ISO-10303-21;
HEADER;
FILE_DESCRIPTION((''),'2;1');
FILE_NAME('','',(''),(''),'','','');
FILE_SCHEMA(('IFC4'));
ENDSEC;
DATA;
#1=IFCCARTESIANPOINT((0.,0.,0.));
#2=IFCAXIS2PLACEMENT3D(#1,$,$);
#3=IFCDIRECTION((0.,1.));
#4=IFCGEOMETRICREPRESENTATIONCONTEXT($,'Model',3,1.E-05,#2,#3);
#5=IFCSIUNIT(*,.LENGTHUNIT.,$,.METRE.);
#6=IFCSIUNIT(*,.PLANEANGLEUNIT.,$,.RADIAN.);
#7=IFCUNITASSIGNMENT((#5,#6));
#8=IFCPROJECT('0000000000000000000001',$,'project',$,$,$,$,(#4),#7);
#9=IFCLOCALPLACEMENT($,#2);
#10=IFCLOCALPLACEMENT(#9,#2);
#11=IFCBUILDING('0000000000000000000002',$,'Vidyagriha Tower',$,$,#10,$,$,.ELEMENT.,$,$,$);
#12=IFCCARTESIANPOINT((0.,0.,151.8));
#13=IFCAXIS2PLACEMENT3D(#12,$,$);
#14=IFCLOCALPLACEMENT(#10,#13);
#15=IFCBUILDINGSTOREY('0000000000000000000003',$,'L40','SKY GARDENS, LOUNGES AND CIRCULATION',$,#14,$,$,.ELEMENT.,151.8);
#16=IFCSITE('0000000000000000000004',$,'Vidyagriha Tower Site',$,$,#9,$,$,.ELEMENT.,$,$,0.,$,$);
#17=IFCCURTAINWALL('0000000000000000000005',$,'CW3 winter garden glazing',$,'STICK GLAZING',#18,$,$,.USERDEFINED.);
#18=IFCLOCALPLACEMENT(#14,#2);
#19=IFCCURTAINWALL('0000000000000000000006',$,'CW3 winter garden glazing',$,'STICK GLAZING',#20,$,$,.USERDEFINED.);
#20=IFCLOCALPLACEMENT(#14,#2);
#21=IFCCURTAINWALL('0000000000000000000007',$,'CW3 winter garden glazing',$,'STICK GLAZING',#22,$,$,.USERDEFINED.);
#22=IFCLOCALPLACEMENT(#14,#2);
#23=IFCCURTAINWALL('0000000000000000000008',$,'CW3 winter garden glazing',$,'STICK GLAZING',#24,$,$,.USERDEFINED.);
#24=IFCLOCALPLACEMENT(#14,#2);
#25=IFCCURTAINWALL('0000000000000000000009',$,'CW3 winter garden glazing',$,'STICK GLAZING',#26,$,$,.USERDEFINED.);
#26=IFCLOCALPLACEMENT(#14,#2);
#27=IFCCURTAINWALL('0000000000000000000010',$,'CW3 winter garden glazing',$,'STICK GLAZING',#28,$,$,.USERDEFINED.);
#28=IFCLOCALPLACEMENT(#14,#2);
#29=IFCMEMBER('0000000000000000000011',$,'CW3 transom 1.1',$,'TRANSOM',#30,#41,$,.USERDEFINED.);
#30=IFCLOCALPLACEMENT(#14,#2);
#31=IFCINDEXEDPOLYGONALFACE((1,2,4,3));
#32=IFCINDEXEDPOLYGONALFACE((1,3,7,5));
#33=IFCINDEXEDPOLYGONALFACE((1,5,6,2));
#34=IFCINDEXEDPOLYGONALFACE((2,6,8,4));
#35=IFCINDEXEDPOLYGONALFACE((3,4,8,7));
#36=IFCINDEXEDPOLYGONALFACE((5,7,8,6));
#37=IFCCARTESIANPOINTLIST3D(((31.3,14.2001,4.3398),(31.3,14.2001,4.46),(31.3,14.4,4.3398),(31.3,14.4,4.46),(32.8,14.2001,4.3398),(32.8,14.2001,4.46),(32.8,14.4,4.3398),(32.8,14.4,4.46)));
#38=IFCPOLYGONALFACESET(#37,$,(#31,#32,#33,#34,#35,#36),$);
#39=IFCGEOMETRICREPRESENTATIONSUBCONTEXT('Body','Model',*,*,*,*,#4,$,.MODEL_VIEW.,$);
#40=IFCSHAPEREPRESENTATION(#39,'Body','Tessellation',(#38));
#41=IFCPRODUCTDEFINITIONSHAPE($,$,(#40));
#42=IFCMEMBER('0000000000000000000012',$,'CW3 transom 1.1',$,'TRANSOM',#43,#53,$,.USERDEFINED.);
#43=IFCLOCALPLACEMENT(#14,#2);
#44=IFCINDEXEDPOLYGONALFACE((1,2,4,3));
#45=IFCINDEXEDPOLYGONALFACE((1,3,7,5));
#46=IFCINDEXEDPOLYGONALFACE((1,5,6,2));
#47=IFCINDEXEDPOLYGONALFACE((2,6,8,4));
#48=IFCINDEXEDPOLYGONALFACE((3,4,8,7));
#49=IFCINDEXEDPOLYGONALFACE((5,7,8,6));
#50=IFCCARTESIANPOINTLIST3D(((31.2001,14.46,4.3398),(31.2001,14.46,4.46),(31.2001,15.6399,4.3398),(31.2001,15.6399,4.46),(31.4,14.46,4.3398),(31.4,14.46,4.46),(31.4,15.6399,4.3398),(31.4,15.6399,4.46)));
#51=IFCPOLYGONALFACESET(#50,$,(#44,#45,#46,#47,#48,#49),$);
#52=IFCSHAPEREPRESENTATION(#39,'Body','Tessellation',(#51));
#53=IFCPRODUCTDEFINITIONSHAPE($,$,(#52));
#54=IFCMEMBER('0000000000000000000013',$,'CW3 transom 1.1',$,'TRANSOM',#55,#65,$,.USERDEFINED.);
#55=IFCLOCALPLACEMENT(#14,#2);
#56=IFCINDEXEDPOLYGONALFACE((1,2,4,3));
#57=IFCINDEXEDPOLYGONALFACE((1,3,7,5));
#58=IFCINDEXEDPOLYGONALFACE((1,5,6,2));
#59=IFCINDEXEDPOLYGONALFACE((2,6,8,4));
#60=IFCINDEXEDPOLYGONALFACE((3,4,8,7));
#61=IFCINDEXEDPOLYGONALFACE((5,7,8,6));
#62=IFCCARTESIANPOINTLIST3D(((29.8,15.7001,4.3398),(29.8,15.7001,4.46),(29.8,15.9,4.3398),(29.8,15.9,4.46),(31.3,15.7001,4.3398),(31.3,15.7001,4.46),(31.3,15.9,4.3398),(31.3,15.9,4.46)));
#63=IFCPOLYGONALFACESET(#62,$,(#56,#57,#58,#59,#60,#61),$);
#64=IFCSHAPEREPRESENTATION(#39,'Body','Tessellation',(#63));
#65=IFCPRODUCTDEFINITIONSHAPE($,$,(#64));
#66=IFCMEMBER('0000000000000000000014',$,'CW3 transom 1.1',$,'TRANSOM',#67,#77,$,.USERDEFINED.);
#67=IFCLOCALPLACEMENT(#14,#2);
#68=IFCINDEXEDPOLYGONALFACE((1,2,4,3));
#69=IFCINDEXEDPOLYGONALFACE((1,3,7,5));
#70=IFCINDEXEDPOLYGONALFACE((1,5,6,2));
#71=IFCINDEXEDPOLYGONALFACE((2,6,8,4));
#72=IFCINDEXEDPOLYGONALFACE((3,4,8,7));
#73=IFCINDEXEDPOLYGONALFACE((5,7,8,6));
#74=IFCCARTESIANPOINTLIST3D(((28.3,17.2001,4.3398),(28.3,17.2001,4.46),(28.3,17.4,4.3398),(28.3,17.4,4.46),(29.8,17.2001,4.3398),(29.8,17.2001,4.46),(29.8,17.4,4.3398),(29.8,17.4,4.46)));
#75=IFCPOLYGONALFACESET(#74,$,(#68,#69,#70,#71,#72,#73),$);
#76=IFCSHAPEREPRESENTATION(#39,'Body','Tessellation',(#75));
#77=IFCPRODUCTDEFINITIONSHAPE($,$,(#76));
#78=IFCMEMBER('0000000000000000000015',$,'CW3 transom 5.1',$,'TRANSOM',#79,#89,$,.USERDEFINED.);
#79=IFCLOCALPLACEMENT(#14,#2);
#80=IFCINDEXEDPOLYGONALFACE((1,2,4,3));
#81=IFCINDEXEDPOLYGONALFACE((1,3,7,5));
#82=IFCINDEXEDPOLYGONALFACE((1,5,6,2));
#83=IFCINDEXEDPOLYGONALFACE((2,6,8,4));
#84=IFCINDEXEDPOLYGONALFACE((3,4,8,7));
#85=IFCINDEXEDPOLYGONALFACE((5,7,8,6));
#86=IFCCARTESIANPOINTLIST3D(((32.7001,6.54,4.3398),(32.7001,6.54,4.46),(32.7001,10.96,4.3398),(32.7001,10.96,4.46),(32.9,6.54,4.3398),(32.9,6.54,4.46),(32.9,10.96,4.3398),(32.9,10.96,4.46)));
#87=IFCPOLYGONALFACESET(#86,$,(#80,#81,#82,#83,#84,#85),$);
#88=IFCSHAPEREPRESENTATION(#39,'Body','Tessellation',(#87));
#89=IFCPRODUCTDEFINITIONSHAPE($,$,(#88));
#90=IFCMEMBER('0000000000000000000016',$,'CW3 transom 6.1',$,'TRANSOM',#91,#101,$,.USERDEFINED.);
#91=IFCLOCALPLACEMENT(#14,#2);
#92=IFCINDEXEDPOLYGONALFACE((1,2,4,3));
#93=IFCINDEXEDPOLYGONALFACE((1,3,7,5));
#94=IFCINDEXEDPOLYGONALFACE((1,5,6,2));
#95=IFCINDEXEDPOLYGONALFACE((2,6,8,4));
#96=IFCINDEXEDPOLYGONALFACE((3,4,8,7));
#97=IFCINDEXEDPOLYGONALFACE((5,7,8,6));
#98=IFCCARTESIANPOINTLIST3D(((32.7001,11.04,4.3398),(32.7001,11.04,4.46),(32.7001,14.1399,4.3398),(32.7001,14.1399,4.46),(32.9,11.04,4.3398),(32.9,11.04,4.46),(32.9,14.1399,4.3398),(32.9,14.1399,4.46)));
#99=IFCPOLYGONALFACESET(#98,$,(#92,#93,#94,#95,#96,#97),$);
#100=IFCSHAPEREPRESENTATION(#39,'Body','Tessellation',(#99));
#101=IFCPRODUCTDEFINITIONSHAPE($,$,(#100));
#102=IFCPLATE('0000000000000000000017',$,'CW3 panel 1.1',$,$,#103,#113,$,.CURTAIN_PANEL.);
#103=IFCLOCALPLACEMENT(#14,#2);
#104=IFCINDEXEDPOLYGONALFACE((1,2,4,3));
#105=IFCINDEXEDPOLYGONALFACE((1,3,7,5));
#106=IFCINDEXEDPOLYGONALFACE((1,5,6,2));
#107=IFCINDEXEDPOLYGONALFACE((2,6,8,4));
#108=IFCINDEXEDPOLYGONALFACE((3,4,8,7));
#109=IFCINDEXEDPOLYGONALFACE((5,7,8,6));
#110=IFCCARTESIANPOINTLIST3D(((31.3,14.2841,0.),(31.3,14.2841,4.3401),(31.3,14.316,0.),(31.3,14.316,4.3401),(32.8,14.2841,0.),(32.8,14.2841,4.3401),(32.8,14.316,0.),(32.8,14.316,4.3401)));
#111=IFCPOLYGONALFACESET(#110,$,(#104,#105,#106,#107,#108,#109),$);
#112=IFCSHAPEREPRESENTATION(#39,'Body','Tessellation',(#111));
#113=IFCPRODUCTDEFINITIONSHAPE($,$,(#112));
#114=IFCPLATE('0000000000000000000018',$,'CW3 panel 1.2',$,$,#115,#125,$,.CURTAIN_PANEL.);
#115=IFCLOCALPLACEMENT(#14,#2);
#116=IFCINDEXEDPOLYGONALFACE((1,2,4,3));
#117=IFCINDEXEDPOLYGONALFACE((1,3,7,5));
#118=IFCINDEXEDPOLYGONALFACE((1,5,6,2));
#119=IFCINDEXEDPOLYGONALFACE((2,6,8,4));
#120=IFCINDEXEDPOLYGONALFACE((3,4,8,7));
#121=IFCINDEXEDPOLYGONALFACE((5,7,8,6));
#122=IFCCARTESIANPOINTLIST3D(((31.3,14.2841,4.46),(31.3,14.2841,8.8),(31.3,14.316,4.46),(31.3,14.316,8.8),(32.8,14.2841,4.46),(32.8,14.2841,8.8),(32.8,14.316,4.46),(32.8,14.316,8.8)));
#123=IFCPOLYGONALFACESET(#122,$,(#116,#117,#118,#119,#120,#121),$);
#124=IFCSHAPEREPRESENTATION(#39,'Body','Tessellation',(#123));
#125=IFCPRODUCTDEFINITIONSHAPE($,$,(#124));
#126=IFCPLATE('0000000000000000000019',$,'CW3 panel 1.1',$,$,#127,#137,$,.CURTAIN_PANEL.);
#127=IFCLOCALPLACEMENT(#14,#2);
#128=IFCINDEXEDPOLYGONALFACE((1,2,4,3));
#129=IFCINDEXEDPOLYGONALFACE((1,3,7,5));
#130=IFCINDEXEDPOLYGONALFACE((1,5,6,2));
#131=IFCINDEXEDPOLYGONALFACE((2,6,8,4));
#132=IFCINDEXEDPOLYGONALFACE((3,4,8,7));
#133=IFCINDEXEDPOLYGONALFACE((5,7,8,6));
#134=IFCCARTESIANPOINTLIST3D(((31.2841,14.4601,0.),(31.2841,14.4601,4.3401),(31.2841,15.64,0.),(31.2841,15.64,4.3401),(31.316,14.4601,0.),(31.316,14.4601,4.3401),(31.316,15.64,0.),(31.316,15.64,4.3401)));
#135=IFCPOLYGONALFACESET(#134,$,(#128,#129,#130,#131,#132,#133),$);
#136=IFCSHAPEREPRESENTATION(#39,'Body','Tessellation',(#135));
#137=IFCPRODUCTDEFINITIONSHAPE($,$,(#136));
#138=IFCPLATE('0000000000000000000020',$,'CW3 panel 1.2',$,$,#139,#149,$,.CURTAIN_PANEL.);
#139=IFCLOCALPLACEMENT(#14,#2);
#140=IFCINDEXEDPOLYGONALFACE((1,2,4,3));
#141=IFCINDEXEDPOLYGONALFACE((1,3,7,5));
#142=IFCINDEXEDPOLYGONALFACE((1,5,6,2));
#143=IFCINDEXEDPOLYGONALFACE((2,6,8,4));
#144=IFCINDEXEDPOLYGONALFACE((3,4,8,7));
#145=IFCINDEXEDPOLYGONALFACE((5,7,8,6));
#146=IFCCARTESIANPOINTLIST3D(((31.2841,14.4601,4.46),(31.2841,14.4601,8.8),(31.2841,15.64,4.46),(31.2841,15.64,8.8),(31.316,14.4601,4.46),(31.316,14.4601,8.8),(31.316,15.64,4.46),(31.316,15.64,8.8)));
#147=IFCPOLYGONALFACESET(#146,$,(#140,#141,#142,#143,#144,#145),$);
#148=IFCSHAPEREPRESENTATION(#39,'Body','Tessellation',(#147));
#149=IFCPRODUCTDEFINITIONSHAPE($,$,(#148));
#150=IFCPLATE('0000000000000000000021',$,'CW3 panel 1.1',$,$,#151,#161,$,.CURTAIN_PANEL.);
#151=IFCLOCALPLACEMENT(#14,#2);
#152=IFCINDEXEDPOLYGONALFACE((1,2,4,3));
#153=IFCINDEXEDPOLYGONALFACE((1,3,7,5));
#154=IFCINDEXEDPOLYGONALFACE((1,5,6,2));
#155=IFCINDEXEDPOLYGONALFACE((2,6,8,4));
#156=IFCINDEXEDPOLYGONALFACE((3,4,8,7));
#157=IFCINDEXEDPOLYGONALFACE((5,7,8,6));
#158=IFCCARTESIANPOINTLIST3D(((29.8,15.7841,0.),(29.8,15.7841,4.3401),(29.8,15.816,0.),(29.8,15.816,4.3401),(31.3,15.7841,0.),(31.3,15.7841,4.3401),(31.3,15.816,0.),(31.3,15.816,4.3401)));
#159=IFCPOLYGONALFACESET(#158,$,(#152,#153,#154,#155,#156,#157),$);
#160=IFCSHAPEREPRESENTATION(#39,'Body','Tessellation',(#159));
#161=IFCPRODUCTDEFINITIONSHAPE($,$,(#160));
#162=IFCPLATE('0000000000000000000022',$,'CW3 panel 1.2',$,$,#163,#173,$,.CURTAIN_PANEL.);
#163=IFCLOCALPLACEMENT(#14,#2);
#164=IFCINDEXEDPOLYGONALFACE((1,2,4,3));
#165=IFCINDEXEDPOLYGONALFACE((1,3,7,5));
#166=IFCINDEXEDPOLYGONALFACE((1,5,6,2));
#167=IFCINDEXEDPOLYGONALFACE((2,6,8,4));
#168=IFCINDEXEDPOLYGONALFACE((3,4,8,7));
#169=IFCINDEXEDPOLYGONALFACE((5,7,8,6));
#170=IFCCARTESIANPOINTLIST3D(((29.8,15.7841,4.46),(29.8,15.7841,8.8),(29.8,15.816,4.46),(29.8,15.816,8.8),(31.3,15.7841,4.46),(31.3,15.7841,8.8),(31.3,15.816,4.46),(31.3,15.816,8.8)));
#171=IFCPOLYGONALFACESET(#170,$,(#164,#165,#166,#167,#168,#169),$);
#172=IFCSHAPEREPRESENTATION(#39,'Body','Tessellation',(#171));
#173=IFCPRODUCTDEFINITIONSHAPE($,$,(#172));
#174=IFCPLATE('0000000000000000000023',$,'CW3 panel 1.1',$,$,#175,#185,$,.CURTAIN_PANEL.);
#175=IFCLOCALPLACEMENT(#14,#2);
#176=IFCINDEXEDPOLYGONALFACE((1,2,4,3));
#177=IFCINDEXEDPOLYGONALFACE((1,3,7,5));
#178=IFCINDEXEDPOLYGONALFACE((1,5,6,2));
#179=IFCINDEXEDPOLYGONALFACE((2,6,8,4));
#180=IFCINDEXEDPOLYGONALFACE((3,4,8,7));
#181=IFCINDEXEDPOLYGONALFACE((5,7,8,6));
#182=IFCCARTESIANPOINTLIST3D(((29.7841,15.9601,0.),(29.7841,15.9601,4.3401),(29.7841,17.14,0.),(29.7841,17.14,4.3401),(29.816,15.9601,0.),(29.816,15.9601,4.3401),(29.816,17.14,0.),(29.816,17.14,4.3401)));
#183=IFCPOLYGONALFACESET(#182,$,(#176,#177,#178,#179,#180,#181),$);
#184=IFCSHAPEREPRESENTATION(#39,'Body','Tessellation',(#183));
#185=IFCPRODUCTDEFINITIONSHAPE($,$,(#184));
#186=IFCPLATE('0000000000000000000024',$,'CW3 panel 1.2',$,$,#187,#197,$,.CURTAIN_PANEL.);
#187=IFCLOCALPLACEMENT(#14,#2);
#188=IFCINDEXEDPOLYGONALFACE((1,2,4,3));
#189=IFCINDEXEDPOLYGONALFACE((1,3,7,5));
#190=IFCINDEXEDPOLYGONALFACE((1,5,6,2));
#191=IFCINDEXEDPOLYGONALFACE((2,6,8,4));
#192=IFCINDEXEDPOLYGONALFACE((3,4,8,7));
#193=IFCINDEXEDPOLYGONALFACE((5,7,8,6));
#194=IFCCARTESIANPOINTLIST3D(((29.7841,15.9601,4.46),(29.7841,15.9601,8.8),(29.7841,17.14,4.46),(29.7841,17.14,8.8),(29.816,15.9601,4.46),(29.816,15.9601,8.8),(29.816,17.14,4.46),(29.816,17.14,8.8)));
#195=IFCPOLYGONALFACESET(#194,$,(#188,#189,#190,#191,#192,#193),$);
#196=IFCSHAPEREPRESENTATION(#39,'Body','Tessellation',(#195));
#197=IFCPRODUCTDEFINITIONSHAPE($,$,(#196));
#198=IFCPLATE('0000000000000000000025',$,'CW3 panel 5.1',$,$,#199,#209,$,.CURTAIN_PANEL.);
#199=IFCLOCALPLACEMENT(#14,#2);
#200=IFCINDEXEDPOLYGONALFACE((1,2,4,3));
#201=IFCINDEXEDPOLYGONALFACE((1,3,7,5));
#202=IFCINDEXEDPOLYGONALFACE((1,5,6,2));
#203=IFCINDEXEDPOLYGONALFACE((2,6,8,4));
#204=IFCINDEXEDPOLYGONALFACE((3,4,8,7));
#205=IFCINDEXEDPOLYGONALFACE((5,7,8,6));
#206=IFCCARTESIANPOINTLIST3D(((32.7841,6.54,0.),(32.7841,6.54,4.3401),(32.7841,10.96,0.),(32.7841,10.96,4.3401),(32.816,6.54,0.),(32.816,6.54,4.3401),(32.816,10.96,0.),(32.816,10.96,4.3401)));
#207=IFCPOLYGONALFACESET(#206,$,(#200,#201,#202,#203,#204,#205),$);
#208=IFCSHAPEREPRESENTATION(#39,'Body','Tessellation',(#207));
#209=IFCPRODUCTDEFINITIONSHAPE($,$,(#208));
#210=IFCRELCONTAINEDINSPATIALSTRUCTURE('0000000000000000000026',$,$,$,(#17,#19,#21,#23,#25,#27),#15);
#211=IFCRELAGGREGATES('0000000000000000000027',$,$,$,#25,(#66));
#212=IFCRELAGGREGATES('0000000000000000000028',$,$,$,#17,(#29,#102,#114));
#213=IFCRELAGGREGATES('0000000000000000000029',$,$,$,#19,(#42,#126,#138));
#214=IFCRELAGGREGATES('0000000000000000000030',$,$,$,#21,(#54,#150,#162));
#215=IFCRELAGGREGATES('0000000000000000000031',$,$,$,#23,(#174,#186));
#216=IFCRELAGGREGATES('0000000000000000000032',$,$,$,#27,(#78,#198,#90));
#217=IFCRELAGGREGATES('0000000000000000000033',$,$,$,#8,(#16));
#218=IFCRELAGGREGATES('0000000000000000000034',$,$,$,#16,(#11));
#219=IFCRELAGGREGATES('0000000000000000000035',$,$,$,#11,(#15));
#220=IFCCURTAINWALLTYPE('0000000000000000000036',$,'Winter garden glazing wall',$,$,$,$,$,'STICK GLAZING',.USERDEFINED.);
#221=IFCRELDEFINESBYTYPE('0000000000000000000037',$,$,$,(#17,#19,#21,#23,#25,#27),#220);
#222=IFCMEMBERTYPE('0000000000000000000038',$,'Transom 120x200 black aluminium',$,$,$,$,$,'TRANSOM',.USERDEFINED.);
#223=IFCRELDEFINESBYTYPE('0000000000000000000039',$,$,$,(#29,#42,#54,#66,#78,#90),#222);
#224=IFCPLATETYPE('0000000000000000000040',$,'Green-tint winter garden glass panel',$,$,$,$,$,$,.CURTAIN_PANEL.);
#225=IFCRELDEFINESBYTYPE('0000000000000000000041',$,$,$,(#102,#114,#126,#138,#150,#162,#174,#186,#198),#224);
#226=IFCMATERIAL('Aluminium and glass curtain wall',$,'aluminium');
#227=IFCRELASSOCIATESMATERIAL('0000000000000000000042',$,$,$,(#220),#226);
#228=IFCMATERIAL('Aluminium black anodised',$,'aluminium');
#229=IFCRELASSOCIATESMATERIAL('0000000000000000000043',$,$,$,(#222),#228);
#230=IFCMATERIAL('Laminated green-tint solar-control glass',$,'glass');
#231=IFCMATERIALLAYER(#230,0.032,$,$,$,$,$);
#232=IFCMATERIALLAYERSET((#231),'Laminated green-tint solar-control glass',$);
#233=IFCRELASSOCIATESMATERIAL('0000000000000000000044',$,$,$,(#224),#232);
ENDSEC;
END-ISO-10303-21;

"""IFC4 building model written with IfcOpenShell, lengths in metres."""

from ifc_helpers import new_model, si_unit, direction, frame, origin, origin_2d, place, context, subcontext, project, spatial, rectangle, extrude, material, layer, layer_set, material_profile, profile_set, type_object, element, aggregate, save


model = new_model("IFC4")

# Units and contexts
model_context = context("Model", 3, precision=1e-05, world=origin(), true_north=direction((0.0, 1.0)))
body_context = subcontext(model_context, "Body", "Model", "MODEL_VIEW")
ifc_project = project(units=[si_unit("LENGTHUNIT", "METRE"), si_unit("PLANEANGLEUNIT", "RADIAN")], contexts=[model_context])

# Site, building, storey
site_placement = place(None, origin())
site = spatial("IfcSite", under=ifc_project, at=site_placement, Name="Vidyagriha Tower Site", CompositionType="ELEMENT", RefElevation=0.0)
building_placement = place(site_placement, origin())
building = spatial("IfcBuilding", under=site, at=building_placement, Name="Vidyagriha Tower", CompositionType="ELEMENT")
storey_placement = place(building_placement, frame((0.0, 0.0, 151.8)))
storey = spatial("IfcBuildingStorey", under=building, at=storey_placement, Name="L40", Description="SKY GARDENS, LOUNGES AND CIRCULATION", CompositionType="ELEMENT", Elevation=151.8)

# Curtain walls
ifc_material_1 = material(Name="Aluminium and glass curtain wall", Category="aluminium")
curtain_wall_type = type_object("IfcCurtainWallType", Name="Winter garden glazing wall", ElementType="STICK GLAZING", PredefinedType="USERDEFINED", material=ifc_material_1)
curtain_wall_1_placement = place(storey_placement, origin())
curtain_wall_1 = element("IfcCurtainWall", 1, at=curtain_wall_1_placement, inside=storey, type_object=curtain_wall_type, Name="CW3 winter garden glazing", ObjectType="STICK GLAZING", PredefinedType="USERDEFINED")
curtain_wall_2_placement = place(storey_placement, origin())
curtain_wall_2 = element("IfcCurtainWall", 2, at=curtain_wall_2_placement, inside=storey, type_object=curtain_wall_type, Name="CW3 winter garden glazing", ObjectType="STICK GLAZING", PredefinedType="USERDEFINED")

# Curtain walls
curtain_wall_3_placement = place(storey_placement, origin())
curtain_wall_3 = element("IfcCurtainWall", 3, at=curtain_wall_3_placement, inside=storey, type_object=curtain_wall_type, Name="CW3 winter garden glazing", ObjectType="STICK GLAZING", PredefinedType="USERDEFINED")
curtain_wall_4_placement = place(storey_placement, origin())
curtain_wall_4 = element("IfcCurtainWall", 4, at=curtain_wall_4_placement, inside=storey, type_object=curtain_wall_type, Name="CW3 winter garden glazing", ObjectType="STICK GLAZING", PredefinedType="USERDEFINED")
curtain_wall_5_placement = place(storey_placement, origin())
curtain_wall_5 = element("IfcCurtainWall", 5, at=curtain_wall_5_placement, inside=storey, type_object=curtain_wall_type, Name="CW3 winter garden glazing", ObjectType="STICK GLAZING", PredefinedType="USERDEFINED")

# Curtain wall
curtain_wall_6_placement = place(storey_placement, origin())
curtain_wall_6 = element("IfcCurtainWall", 6, at=curtain_wall_6_placement, inside=storey, type_object=curtain_wall_type, Name="CW3 winter garden glazing", ObjectType="STICK GLAZING", PredefinedType="USERDEFINED")

# Members
ifc_material_2 = material(Name="Aluminium black anodised", Category="aluminium")
ifc_material_profile_1 = material_profile(ifc_material_2, rectangle(XDim=0.2, YDim=0.1201, at=origin_2d()), Name="Transom 120x200 black aluminium")
ifc_profile_set_1 = profile_set([ifc_material_profile_1], Name="Aluminium black anodised")
member_type_1 = type_object("IfcMemberType", Name="Transom 120x200 black aluminium", ElementType="TRANSOM", PredefinedType="USERDEFINED", material=ifc_profile_set_1)
member_1_placement = place(storey_placement, frame((32.8, 14.3, 4.3999), z_axis=(-1.0, 0.0, 0.0), x_axis=(0.0, -1.0, 0.0)))
member_1 = element("IfcMember", 7, at=member_1_placement, type_object=member_type_1, Name="CW3 transom 1.1", ObjectType="TRANSOM", PredefinedType="USERDEFINED", context=body_context, shape_type="SweptSolid", body=[
    extrude(rectangle(XDim=0.2, YDim=0.1201, at=origin_2d()), origin(), (0.0, 0.0, 1.0), 1.5),
])
member_2_placement = place(storey_placement, frame((31.3, 14.46, 4.3999), z_axis=(0.0, 1.0, 0.0), x_axis=(-1.0, 0.0, 0.0)))
member_2 = element("IfcMember", 8, at=member_2_placement, type_object=member_type_1, Name="CW3 transom 1.1", ObjectType="TRANSOM", PredefinedType="USERDEFINED", context=body_context, shape_type="SweptSolid", body=[
    extrude(rectangle(XDim=0.2, YDim=0.1201, at=origin_2d()), origin(), (0.0, 0.0, 1.0), 1.1799),
])
member_3_placement = place(storey_placement, frame((31.3, 15.8, 4.3999), z_axis=(-1.0, 0.0, 0.0), x_axis=(0.0, -1.0, 0.0)))
member_3 = element("IfcMember", 9, at=member_3_placement, type_object=member_type_1, Name="CW3 transom 1.1", ObjectType="TRANSOM", PredefinedType="USERDEFINED", context=body_context, shape_type="SweptSolid", body=[
    extrude(rectangle(XDim=0.2, YDim=0.1201, at=origin_2d()), origin(), (0.0, 0.0, 1.0), 1.5),
])
member_4_placement = place(storey_placement, frame((29.8, 17.3, 4.3999), z_axis=(-1.0, 0.0, 0.0), x_axis=(0.0, -1.0, 0.0)))
member_4 = element("IfcMember", 10, at=member_4_placement, type_object=member_type_1, Name="CW3 transom 1.1", ObjectType="TRANSOM", PredefinedType="USERDEFINED", context=body_context, shape_type="SweptSolid", body=[
    extrude(rectangle(XDim=0.2, YDim=0.1201, at=origin_2d()), origin(), (0.0, 0.0, 1.0), 1.5),
])
aggregate(curtain_wall_5, [member_4])
member_5_placement = place(storey_placement, frame((32.8, 6.54, 4.3999), z_axis=(0.0, 1.0, 0.0), x_axis=(-1.0, 0.0, 0.0)))
member_5 = element("IfcMember", 11, at=member_5_placement, type_object=member_type_1, Name="CW3 transom 5.1", ObjectType="TRANSOM", PredefinedType="USERDEFINED", context=body_context, shape_type="SweptSolid", body=[
    extrude(rectangle(XDim=0.2, YDim=0.1201, at=origin_2d()), origin(), (0.0, 0.0, 1.0), 4.4199),
])
member_6_placement = place(storey_placement, frame((32.8, 11.04, 4.3999), z_axis=(0.0, 1.0, 0.0), x_axis=(-1.0, 0.0, 0.0)))
member_6 = element("IfcMember", 12, at=member_6_placement, type_object=member_type_1, Name="CW3 transom 6.1", ObjectType="TRANSOM", PredefinedType="USERDEFINED", context=body_context, shape_type="SweptSolid", body=[
    extrude(rectangle(XDim=0.2, YDim=0.1201, at=origin_2d()), origin(), (0.0, 0.0, 1.0), 3.0999),
])

# Plates
ifc_material_3 = material(Name="Laminated green-tint solar-control glass", Category="glass")
ifc_layer_1 = layer(ifc_material_3, 0.032)
ifc_layer_set_1 = layer_set([ifc_layer_1], Name="Laminated green-tint solar-control glass")
plate_type = type_object("IfcPlateType", Name="Green-tint winter garden glass panel", PredefinedType="CURTAIN_PANEL", material=ifc_layer_set_1)
plate_1_placement = place(storey_placement, frame((32.05, 14.3, 0.0), z_axis=(0.0, 0.0, 1.0), x_axis=(-1.0, 0.0, 0.0)))
plate_1 = element("IfcPlate", 13, at=plate_1_placement, type_object=plate_type, Name="CW3 panel 1.1", PredefinedType="CURTAIN_PANEL", context=body_context, shape_type="SweptSolid", body=[
    extrude(rectangle(XDim=1.5, YDim=0.032, at=origin_2d()), origin(), (0.0, 0.0, 1.0), 4.3401),
])
plate_2_placement = place(storey_placement, frame((32.05, 14.3, 4.46), z_axis=(0.0, 0.0, 1.0), x_axis=(-1.0, 0.0, 0.0)))
plate_2 = element("IfcPlate", 14, at=plate_2_placement, type_object=plate_type, Name="CW3 panel 1.2", PredefinedType="CURTAIN_PANEL", context=body_context, shape_type="SweptSolid", body=[
    extrude(rectangle(XDim=1.5, YDim=0.032, at=origin_2d()), origin(), (0.0, 0.0, 1.0), 4.3401),
])
aggregate(curtain_wall_1, [member_1, plate_1, plate_2])
plate_3_placement = place(storey_placement, frame((31.3, 15.05, 0.0), z_axis=(0.0, 0.0, 1.0), x_axis=(0.0, 1.0, 0.0)))
plate_3 = element("IfcPlate", 15, at=plate_3_placement, type_object=plate_type, Name="CW3 panel 1.1", PredefinedType="CURTAIN_PANEL", context=body_context, shape_type="SweptSolid", body=[
    extrude(rectangle(XDim=1.1799, YDim=0.032, at=origin_2d()), origin(), (0.0, 0.0, 1.0), 4.3401),
])
plate_4_placement = place(storey_placement, frame((31.3, 15.05, 4.46), z_axis=(0.0, 0.0, 1.0), x_axis=(0.0, 1.0, 0.0)))
plate_4 = element("IfcPlate", 16, at=plate_4_placement, type_object=plate_type, Name="CW3 panel 1.2", PredefinedType="CURTAIN_PANEL", context=body_context, shape_type="SweptSolid", body=[
    extrude(rectangle(XDim=1.1799, YDim=0.032, at=origin_2d()), origin(), (0.0, 0.0, 1.0), 4.3401),
])
aggregate(curtain_wall_2, [member_2, plate_3, plate_4])
plate_5_placement = place(storey_placement, frame((30.55, 15.8, 0.0), z_axis=(0.0, 0.0, 1.0), x_axis=(-1.0, 0.0, 0.0)))
plate_5 = element("IfcPlate", 17, at=plate_5_placement, type_object=plate_type, Name="CW3 panel 1.1", PredefinedType="CURTAIN_PANEL", context=body_context, shape_type="SweptSolid", body=[
    extrude(rectangle(XDim=1.5, YDim=0.032, at=origin_2d()), origin(), (0.0, 0.0, 1.0), 4.3401),
])
plate_6_placement = place(storey_placement, frame((30.55, 15.8, 4.46), z_axis=(0.0, 0.0, 1.0), x_axis=(-1.0, 0.0, 0.0)))
plate_6 = element("IfcPlate", 18, at=plate_6_placement, type_object=plate_type, Name="CW3 panel 1.2", PredefinedType="CURTAIN_PANEL", context=body_context, shape_type="SweptSolid", body=[
    extrude(rectangle(XDim=1.5, YDim=0.032, at=origin_2d()), origin(), (0.0, 0.0, 1.0), 4.3401),
])
aggregate(curtain_wall_3, [member_3, plate_5, plate_6])
plate_7_placement = place(storey_placement, frame((29.8, 16.55, 0.0), z_axis=(0.0, 0.0, 1.0), x_axis=(0.0, 1.0, 0.0)))
plate_7 = element("IfcPlate", 19, at=plate_7_placement, type_object=plate_type, Name="CW3 panel 1.1", PredefinedType="CURTAIN_PANEL", context=body_context, shape_type="SweptSolid", body=[
    extrude(rectangle(XDim=1.1799, YDim=0.032, at=origin_2d()), origin(), (0.0, 0.0, 1.0), 4.3401),
])
plate_8_placement = place(storey_placement, frame((29.8, 16.55, 4.46), z_axis=(0.0, 0.0, 1.0), x_axis=(0.0, 1.0, 0.0)))
plate_8 = element("IfcPlate", 20, at=plate_8_placement, type_object=plate_type, Name="CW3 panel 1.2", PredefinedType="CURTAIN_PANEL", context=body_context, shape_type="SweptSolid", body=[
    extrude(rectangle(XDim=1.1799, YDim=0.032, at=origin_2d()), origin(), (0.0, 0.0, 1.0), 4.3401),
])
aggregate(curtain_wall_4, [plate_7, plate_8])
plate_9_placement = place(storey_placement, frame((32.8, 8.75, 0.0), z_axis=(0.0, 0.0, 1.0), x_axis=(0.0, 1.0, 0.0)))
plate_9 = element("IfcPlate", 21, at=plate_9_placement, type_object=plate_type, Name="CW3 panel 5.1", PredefinedType="CURTAIN_PANEL", context=body_context, shape_type="SweptSolid", body=[
    extrude(rectangle(XDim=4.4199, YDim=0.032, at=origin_2d()), origin(), (0.0, 0.0, 1.0), 4.3401),
])
aggregate(curtain_wall_6, [member_5, plate_9, member_6])

save(model, "model.ifc")
